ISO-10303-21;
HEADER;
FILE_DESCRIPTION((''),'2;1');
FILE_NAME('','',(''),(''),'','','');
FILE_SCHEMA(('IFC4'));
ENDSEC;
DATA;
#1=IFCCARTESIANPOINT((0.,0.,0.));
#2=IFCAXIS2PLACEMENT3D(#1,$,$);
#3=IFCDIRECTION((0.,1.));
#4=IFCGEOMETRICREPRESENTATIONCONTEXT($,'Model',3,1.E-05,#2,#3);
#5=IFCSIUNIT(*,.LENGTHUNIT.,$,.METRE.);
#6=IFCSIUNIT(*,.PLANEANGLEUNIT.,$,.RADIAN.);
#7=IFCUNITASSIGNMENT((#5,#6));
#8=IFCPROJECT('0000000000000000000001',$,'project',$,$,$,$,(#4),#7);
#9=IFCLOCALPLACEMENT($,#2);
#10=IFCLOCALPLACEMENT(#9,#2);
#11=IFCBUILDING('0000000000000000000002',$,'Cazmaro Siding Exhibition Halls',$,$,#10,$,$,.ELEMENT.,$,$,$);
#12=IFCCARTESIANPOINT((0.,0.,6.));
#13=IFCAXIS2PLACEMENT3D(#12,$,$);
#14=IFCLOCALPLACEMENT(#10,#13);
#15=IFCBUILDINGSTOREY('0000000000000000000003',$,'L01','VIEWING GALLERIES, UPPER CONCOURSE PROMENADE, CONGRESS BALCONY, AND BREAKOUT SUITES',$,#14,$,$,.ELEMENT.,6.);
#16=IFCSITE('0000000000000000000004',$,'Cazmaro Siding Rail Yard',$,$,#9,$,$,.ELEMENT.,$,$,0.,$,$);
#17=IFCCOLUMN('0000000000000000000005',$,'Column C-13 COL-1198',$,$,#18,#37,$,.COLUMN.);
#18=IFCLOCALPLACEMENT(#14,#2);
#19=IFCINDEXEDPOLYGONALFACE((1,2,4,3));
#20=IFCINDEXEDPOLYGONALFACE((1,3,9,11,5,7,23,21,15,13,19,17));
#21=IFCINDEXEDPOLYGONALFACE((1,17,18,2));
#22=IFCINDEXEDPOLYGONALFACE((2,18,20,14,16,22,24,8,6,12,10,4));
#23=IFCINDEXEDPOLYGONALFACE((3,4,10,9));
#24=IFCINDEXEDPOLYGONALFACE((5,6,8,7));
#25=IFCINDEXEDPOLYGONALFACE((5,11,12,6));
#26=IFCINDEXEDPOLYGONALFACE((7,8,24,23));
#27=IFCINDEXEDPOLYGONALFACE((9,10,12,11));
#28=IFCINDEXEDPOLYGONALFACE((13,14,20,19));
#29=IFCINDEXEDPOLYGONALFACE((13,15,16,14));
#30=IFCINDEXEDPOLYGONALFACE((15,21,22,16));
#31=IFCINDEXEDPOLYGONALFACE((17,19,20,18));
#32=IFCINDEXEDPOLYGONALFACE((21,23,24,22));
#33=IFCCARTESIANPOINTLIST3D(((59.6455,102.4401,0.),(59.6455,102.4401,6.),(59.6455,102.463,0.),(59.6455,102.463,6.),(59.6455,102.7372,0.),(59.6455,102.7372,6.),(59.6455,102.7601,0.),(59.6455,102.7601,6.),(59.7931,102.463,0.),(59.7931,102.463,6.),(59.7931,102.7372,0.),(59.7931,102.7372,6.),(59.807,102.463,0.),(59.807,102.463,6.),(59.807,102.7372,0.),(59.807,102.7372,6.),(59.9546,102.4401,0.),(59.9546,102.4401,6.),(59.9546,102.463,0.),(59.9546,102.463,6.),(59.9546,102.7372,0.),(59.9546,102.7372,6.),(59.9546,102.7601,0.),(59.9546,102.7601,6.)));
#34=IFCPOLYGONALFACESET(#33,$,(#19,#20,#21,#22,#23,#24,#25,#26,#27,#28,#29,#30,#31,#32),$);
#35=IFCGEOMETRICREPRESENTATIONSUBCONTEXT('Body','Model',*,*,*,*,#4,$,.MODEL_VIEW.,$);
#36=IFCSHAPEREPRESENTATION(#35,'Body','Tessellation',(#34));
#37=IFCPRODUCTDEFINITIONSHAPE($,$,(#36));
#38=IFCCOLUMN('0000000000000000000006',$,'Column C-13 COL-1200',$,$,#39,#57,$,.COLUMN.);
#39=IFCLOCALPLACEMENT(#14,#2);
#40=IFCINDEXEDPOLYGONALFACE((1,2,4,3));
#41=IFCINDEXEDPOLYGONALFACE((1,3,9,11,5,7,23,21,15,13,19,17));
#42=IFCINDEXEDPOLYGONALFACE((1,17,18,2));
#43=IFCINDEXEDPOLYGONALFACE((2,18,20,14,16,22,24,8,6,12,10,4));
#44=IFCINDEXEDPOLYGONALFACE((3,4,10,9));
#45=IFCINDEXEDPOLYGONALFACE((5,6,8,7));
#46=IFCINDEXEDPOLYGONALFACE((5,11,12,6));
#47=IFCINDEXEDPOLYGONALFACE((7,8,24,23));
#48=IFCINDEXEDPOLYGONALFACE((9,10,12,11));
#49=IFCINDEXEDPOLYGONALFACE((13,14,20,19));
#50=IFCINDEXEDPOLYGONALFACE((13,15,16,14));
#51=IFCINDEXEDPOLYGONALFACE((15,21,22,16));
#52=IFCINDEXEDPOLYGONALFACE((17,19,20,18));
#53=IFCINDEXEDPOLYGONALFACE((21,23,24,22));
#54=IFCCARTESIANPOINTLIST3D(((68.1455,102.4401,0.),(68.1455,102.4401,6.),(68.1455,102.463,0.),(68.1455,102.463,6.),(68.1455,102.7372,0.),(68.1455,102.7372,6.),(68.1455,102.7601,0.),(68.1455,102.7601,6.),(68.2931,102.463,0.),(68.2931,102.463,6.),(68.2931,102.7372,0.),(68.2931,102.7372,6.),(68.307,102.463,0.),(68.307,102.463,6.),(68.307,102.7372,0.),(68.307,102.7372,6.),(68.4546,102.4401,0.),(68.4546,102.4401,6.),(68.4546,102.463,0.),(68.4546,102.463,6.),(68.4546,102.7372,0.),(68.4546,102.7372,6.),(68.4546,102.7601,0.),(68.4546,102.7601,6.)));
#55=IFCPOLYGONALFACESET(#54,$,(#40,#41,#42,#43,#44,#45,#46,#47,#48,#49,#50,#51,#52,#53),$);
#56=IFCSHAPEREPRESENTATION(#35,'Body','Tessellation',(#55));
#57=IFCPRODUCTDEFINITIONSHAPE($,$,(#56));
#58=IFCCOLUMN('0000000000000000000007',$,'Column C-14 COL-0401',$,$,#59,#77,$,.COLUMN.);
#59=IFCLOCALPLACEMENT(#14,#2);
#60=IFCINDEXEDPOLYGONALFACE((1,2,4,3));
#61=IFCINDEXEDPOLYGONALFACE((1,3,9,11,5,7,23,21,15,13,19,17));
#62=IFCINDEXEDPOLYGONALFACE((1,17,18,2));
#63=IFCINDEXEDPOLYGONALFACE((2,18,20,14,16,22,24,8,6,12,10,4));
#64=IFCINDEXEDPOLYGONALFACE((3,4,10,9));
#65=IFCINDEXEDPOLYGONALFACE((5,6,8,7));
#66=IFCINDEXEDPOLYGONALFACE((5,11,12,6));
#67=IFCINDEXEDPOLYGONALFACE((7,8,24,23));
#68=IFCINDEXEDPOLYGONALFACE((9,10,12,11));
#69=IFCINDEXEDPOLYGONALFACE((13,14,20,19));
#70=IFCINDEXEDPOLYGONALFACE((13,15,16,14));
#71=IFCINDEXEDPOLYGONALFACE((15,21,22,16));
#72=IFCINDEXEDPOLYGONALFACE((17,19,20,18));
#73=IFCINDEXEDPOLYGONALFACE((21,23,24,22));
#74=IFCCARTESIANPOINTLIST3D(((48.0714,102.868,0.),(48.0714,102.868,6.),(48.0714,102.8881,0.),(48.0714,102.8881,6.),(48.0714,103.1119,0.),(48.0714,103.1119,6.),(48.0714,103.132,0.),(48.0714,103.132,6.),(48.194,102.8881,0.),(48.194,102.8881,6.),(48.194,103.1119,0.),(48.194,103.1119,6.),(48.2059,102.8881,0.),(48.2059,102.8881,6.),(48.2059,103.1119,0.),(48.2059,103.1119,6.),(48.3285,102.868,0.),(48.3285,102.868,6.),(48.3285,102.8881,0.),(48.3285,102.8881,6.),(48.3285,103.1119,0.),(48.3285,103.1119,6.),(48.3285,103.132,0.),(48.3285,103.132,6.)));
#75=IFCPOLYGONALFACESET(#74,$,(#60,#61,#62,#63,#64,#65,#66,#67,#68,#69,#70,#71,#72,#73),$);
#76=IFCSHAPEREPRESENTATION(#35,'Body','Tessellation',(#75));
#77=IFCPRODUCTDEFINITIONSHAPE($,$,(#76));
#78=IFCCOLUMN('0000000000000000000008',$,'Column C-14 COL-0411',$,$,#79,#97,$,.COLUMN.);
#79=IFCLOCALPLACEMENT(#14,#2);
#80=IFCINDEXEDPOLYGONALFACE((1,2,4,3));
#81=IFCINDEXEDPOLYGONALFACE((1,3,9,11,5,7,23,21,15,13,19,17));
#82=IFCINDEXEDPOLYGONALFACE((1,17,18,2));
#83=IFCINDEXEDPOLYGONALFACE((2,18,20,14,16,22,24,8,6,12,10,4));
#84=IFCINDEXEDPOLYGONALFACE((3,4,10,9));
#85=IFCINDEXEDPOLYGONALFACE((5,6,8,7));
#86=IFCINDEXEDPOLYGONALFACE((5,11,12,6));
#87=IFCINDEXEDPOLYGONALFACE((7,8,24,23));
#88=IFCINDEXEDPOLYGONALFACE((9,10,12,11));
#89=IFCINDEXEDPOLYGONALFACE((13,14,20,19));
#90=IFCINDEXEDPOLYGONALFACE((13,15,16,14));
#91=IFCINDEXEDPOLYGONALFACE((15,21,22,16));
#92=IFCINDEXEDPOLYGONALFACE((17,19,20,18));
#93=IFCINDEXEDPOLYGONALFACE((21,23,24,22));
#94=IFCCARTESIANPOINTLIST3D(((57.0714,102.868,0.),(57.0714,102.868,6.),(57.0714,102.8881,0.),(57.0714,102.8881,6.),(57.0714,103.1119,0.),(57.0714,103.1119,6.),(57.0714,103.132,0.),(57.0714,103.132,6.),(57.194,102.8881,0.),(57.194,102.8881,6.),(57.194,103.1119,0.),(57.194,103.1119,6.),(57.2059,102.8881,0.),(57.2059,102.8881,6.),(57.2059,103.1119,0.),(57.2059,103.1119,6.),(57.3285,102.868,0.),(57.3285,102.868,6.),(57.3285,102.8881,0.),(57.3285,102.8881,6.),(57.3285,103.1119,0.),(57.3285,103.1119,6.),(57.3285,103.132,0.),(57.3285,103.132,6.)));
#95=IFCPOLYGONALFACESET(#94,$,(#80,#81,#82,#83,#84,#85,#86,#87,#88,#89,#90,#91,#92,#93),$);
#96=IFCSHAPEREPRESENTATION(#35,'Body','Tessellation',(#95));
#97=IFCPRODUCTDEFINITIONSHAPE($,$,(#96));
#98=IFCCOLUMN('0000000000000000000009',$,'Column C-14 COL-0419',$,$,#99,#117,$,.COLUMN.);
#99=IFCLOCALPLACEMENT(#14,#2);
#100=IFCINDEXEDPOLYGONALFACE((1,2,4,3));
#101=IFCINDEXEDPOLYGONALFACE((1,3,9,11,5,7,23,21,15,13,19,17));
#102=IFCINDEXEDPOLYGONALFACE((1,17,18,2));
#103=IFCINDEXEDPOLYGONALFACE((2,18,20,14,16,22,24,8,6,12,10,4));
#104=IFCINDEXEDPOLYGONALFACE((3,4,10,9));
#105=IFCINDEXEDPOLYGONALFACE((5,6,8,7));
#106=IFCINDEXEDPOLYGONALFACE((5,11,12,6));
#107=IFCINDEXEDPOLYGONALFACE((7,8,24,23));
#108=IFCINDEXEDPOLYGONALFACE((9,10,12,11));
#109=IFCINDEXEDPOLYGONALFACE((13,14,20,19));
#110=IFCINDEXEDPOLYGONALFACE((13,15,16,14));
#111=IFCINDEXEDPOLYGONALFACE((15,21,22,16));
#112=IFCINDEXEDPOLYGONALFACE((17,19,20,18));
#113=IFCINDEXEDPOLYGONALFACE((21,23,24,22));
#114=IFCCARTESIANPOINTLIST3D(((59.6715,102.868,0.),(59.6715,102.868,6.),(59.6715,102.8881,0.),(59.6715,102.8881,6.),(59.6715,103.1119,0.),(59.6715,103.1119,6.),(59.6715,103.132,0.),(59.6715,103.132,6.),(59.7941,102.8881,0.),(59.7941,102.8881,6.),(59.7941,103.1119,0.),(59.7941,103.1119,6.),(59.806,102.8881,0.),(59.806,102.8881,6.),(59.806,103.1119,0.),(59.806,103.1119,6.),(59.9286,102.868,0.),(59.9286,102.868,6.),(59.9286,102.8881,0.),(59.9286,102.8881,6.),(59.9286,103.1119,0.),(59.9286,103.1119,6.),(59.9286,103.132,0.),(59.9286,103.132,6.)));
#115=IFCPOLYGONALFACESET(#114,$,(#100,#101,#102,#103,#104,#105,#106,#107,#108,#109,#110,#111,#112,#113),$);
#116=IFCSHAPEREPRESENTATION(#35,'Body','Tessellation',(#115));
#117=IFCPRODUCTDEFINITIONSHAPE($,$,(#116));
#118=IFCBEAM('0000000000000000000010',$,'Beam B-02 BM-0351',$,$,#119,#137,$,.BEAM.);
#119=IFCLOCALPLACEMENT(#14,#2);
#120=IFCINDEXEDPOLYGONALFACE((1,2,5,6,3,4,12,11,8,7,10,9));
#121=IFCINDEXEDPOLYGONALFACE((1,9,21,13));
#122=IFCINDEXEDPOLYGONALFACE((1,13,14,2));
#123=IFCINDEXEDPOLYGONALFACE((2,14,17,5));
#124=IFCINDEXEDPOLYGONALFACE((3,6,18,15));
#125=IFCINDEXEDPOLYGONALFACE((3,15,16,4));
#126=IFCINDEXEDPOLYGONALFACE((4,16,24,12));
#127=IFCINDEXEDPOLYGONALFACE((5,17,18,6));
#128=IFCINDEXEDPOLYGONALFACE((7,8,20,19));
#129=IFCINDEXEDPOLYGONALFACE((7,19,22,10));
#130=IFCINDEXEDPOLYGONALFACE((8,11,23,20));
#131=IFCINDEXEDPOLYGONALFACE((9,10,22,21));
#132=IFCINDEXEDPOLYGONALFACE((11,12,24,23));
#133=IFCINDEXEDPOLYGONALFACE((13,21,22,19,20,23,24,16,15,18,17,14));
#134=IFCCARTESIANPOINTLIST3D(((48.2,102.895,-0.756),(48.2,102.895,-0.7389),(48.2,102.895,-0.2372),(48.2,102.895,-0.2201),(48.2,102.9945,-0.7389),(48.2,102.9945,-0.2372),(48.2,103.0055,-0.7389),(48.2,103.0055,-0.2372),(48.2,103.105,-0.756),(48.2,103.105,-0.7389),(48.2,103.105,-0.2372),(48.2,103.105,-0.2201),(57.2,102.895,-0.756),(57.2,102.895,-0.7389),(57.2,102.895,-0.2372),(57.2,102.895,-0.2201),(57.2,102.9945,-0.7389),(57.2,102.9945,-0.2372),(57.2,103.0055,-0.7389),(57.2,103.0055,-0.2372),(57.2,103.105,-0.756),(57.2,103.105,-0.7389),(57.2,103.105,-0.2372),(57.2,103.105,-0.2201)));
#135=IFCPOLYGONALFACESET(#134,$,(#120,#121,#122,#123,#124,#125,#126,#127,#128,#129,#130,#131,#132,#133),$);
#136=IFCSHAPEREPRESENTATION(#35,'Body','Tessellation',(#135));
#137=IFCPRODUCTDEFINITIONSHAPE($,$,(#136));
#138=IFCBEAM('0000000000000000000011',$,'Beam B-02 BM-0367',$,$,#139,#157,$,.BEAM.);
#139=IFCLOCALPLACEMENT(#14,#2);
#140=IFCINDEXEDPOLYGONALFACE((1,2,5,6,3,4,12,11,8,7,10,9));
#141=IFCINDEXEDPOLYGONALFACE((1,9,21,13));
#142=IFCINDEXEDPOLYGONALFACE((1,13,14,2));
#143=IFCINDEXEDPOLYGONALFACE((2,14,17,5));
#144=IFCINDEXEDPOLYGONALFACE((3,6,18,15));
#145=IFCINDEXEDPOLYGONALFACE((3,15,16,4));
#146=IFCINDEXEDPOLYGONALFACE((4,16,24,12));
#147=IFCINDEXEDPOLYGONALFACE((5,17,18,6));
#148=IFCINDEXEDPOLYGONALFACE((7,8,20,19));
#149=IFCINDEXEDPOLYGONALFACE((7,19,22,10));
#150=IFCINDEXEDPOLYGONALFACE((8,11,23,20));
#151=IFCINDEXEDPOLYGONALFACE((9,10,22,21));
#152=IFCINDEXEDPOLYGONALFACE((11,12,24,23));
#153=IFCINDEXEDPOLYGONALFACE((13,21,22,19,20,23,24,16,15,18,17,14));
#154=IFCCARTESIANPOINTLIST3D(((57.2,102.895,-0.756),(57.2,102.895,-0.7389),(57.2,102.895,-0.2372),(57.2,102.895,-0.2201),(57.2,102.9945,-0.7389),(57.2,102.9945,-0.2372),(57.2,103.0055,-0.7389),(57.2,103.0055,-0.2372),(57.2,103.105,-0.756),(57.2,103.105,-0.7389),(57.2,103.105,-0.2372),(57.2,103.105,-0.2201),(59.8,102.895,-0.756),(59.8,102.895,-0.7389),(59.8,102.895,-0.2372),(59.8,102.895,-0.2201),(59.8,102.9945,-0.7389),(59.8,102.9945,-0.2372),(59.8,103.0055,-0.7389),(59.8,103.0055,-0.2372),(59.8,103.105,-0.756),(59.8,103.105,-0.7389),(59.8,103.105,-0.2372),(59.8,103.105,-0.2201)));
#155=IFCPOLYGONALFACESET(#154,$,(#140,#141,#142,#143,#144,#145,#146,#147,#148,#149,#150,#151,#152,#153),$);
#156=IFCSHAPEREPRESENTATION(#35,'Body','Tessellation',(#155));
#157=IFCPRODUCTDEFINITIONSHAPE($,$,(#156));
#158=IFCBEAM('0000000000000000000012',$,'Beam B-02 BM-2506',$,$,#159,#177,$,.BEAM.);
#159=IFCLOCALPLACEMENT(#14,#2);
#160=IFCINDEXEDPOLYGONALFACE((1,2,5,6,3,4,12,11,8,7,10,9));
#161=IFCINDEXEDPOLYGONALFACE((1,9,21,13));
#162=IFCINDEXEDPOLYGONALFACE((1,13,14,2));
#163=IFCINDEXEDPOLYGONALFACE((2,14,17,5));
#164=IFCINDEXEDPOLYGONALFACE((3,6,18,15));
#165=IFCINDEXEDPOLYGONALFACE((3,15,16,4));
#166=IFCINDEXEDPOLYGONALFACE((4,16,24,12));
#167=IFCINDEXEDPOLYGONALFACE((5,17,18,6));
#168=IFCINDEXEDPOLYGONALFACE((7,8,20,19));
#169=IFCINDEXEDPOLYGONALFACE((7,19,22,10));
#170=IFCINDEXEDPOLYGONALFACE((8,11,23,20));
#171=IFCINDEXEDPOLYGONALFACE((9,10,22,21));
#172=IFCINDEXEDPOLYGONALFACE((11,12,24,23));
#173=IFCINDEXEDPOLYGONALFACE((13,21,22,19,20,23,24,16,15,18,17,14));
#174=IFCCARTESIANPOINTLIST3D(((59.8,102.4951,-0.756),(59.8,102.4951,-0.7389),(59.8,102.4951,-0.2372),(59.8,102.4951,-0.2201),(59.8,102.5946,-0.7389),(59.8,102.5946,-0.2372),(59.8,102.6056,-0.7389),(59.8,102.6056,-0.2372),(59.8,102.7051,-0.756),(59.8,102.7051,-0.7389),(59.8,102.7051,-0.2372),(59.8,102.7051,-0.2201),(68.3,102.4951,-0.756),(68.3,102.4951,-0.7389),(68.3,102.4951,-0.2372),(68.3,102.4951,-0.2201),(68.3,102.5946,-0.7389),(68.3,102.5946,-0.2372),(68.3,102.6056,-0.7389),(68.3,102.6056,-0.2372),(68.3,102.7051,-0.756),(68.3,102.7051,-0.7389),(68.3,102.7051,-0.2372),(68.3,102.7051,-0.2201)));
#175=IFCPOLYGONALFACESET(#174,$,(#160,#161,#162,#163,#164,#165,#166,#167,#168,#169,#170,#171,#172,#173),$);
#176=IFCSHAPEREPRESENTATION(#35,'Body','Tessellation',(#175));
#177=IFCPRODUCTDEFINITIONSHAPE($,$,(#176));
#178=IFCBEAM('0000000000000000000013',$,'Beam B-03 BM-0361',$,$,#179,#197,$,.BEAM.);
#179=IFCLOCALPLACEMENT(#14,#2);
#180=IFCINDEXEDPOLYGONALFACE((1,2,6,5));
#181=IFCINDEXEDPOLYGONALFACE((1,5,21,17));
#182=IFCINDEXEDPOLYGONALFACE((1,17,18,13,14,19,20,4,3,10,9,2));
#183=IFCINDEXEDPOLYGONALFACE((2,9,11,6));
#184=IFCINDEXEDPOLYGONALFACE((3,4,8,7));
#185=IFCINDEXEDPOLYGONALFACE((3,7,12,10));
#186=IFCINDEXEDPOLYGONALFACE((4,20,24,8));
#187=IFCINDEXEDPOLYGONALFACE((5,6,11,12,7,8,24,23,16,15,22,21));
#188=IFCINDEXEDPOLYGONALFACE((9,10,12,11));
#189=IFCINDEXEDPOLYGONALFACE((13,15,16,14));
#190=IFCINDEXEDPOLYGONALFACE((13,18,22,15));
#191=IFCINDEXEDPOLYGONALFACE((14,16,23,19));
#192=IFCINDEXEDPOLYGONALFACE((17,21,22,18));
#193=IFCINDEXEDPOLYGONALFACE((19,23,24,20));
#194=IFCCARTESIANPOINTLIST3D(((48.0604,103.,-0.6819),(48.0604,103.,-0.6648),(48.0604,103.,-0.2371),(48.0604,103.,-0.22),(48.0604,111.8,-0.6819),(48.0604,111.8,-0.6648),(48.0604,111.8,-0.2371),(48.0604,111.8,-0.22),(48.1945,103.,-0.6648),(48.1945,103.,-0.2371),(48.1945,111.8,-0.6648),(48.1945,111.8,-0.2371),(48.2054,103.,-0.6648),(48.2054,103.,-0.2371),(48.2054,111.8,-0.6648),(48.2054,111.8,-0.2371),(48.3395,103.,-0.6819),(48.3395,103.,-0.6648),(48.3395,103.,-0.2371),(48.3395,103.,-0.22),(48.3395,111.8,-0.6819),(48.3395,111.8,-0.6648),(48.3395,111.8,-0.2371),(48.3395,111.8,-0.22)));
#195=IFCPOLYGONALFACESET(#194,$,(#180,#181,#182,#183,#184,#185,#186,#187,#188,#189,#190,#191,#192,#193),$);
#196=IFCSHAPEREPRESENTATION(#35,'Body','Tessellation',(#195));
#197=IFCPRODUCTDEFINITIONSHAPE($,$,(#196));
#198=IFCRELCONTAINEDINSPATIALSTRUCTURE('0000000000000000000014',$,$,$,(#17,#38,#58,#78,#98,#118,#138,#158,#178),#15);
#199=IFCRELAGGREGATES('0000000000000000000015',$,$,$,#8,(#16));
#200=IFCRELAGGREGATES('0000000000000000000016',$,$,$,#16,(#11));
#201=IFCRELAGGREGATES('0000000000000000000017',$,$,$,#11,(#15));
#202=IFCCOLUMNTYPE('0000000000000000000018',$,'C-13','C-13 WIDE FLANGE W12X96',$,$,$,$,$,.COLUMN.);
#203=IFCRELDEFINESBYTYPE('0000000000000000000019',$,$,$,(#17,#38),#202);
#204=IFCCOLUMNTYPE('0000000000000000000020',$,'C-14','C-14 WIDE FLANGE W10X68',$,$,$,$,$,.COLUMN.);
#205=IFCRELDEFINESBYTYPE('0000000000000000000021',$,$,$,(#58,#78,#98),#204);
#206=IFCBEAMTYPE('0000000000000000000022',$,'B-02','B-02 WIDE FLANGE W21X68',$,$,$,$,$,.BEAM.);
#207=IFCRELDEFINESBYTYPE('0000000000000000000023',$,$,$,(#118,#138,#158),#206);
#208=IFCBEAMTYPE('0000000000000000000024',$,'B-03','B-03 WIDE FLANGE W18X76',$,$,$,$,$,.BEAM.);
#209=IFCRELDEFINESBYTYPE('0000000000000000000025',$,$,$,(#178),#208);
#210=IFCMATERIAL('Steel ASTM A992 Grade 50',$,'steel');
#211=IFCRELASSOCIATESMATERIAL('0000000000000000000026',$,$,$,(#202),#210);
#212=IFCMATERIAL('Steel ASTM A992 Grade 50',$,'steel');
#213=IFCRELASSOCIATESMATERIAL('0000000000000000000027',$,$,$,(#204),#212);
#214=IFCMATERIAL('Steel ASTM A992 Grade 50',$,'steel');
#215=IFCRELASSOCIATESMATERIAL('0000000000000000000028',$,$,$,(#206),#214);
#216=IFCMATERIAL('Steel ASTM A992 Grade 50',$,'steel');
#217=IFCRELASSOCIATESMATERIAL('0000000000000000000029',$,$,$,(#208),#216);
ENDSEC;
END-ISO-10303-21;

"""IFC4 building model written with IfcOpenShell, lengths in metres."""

from ifc_helpers import new_model, si_unit, direction, frame, origin, origin_2d, place, context, subcontext, project, spatial, i_section, extrude, material, material_profile, profile_set, type_object, element, save


model = new_model("IFC4")

# Units and contexts
model_context = context("Model", 3, precision=1e-05, world=origin(), true_north=direction((0.0, 1.0)))
body_context = subcontext(model_context, "Body", "Model", "MODEL_VIEW")
ifc_project = project(units=[si_unit("LENGTHUNIT", "METRE"), si_unit("PLANEANGLEUNIT", "RADIAN")], contexts=[model_context])

# Site, building, storey
site_placement = place(None, origin())
site = spatial("IfcSite", under=ifc_project, at=site_placement, Name="Cazmaro Siding Rail Yard", CompositionType="ELEMENT", RefElevation=0.0)
building_placement = place(site_placement, origin())
building = spatial("IfcBuilding", under=site, at=building_placement, Name="Cazmaro Siding Exhibition Halls", CompositionType="ELEMENT")
storey_placement = place(building_placement, frame((0.0, 0.0, 6.0)))
storey = spatial("IfcBuildingStorey", under=building, at=storey_placement, Name="L01", Description="VIEWING GALLERIES, UPPER CONCOURSE PROMENADE, CONGRESS BALCONY, AND BREAKOUT SUITES", CompositionType="ELEMENT", Elevation=6.0)

# Columns
ifc_material_1 = material(Name="Steel ASTM A992 Grade 50", Category="steel")
ifc_material_profile_1 = material_profile(ifc_material_1, i_section(OverallWidth=0.3091, OverallDepth=0.3201, WebThickness=0.0139, FlangeThickness=0.0229, at=origin_2d()), Name="W12X96")
ifc_profile_set_1 = profile_set([ifc_material_profile_1], Name="Steel ASTM A992 Grade 50")
column_type_1 = type_object("IfcColumnType", Name="C-13", Description="C-13 WIDE FLANGE W12X96", PredefinedType="COLUMN", material=ifc_profile_set_1)
for number, where, z_axis, x_axis, name in (
    (1, (59.8, 102.6001, 0.0), (0.0, 0.0, 1.0), (1.0, 0.0, 0.0), "Column C-13 COL-1198"),
    (2, (68.3, 102.6001, 0.0), (0.0, 0.0, 1.0), (1.0, 0.0, 0.0), "Column C-13 COL-1200"),
):
    element("IfcColumn", number, at=place(storey_placement, frame(where, z_axis=z_axis, x_axis=x_axis)), inside=storey, type_object=column_type_1, Name=name, PredefinedType="COLUMN", context=body_context, shape_type="SweptSolid", body=[
        extrude(i_section(OverallWidth=0.3091, OverallDepth=0.3201, WebThickness=0.0139, FlangeThickness=0.0229, at=origin_2d()), origin(), (0.0, 0.0, 1.0), 6.0),
    ])
ifc_material_2 = material(Name="Steel ASTM A992 Grade 50", Category="steel")
ifc_material_profile_2 = material_profile(ifc_material_2, i_section(OverallWidth=0.2571, OverallDepth=0.2639, WebThickness=0.012, FlangeThickness=0.02, at=origin_2d()), Name="W10X68")
ifc_profile_set_2 = profile_set([ifc_material_profile_2], Name="Steel ASTM A992 Grade 50")
column_type_2 = type_object("IfcColumnType", Name="C-14", Description="C-14 WIDE FLANGE W10X68", PredefinedType="COLUMN", material=ifc_profile_set_2)
for number, where, z_axis, x_axis, name in (
    (3, (48.2, 103.0, 0.0), (0.0, 0.0, 1.0), (1.0, 0.0, 0.0), "Column C-14 COL-0401"),
    (4, (57.2, 103.0, 0.0), (0.0, 0.0, 1.0), (1.0, 0.0, 0.0), "Column C-14 COL-0411"),
    (5, (59.8, 103.0, 0.0), (0.0, 0.0, 1.0), (1.0, 0.0, 0.0), "Column C-14 COL-0419"),
):
    element("IfcColumn", number, at=place(storey_placement, frame(where, z_axis=z_axis, x_axis=x_axis)), inside=storey, type_object=column_type_2, Name=name, PredefinedType="COLUMN", context=body_context, shape_type="SweptSolid", body=[
        extrude(i_section(OverallWidth=0.2571, OverallDepth=0.2639, WebThickness=0.012, FlangeThickness=0.02, at=origin_2d()), origin(), (0.0, 0.0, 1.0), 6.0),
    ])

# Beams
ifc_material_3 = material(Name="Steel ASTM A992 Grade 50", Category="steel")
ifc_material_profile_3 = material_profile(ifc_material_3, i_section(OverallWidth=0.21, OverallDepth=0.5359, WebThickness=0.011, FlangeThickness=0.0171, at=origin_2d()), Name="W21X68")
ifc_profile_set_3 = profile_set([ifc_material_profile_3], Name="Steel ASTM A992 Grade 50")
beam_type_1 = type_object("IfcBeamType", Name="B-02", Description="B-02 WIDE FLANGE W21X68", PredefinedType="BEAM", material=ifc_profile_set_3)
beam_1_placement = place(storey_placement, frame((48.2, 103.0, -0.488), z_axis=(1.0, 0.0, 0.0), x_axis=(0.0, 1.0, 0.0)))
element("IfcBeam", 6, at=beam_1_placement, inside=storey, type_object=beam_type_1, Name="Beam B-02 BM-0351", PredefinedType="BEAM", context=body_context, shape_type="SweptSolid", body=[
    extrude(i_section(OverallWidth=0.21, OverallDepth=0.5359, WebThickness=0.011, FlangeThickness=0.0171, at=origin_2d()), origin(), (0.0, 0.0, 1.0), 9.0),
])
beam_2_placement = place(storey_placement, frame((57.2, 103.0, -0.488), z_axis=(1.0, 0.0, 0.0), x_axis=(0.0, 1.0, 0.0)))
element("IfcBeam", 7, at=beam_2_placement, inside=storey, type_object=beam_type_1, Name="Beam B-02 BM-0367", PredefinedType="BEAM", context=body_context, shape_type="SweptSolid", body=[
    extrude(i_section(OverallWidth=0.21, OverallDepth=0.5359, WebThickness=0.011, FlangeThickness=0.0171, at=origin_2d()), origin(), (0.0, 0.0, 1.0), 2.6001),
])
beam_3_placement = place(storey_placement, frame((59.8, 102.6001, -0.488), z_axis=(1.0, 0.0, 0.0), x_axis=(0.0, 1.0, 0.0)))
element("IfcBeam", 8, at=beam_3_placement, inside=storey, type_object=beam_type_1, Name="Beam B-02 BM-2506", PredefinedType="BEAM", context=body_context, shape_type="SweptSolid", body=[
    extrude(i_section(OverallWidth=0.21, OverallDepth=0.5359, WebThickness=0.011, FlangeThickness=0.0171, at=origin_2d()), origin(), (0.0, 0.0, 1.0), 8.5),
])
ifc_material_4 = material(Name="Steel ASTM A992 Grade 50", Category="steel")
ifc_material_profile_4 = material_profile(ifc_material_4, i_section(OverallWidth=0.2791, OverallDepth=0.4619, WebThickness=0.011, FlangeThickness=0.0171, at=origin_2d()), Name="W18X76")
ifc_profile_set_4 = profile_set([ifc_material_profile_4], Name="Steel ASTM A992 Grade 50")
beam_type_2 = type_object("IfcBeamType", Name="B-03", Description="B-03 WIDE FLANGE W18X76", PredefinedType="BEAM", material=ifc_profile_set_4)
for number, where, z_axis, x_axis, name in (
    (9, (48.2, 103.0, -0.4509), (0.0, 1.0, 0.0), (-1.0, 0.0, 0.0), "Beam B-03 BM-0361"),
):
    element("IfcBeam", number, at=place(storey_placement, frame(where, z_axis=z_axis, x_axis=x_axis)), inside=storey, type_object=beam_type_2, Name=name, PredefinedType="BEAM", context=body_context, shape_type="SweptSolid", body=[
        extrude(i_section(OverallWidth=0.2791, OverallDepth=0.4619, WebThickness=0.011, FlangeThickness=0.0171, at=origin_2d()), origin(), (0.0, 0.0, 1.0), 8.8),
    ])

save(model, "model.ifc")
